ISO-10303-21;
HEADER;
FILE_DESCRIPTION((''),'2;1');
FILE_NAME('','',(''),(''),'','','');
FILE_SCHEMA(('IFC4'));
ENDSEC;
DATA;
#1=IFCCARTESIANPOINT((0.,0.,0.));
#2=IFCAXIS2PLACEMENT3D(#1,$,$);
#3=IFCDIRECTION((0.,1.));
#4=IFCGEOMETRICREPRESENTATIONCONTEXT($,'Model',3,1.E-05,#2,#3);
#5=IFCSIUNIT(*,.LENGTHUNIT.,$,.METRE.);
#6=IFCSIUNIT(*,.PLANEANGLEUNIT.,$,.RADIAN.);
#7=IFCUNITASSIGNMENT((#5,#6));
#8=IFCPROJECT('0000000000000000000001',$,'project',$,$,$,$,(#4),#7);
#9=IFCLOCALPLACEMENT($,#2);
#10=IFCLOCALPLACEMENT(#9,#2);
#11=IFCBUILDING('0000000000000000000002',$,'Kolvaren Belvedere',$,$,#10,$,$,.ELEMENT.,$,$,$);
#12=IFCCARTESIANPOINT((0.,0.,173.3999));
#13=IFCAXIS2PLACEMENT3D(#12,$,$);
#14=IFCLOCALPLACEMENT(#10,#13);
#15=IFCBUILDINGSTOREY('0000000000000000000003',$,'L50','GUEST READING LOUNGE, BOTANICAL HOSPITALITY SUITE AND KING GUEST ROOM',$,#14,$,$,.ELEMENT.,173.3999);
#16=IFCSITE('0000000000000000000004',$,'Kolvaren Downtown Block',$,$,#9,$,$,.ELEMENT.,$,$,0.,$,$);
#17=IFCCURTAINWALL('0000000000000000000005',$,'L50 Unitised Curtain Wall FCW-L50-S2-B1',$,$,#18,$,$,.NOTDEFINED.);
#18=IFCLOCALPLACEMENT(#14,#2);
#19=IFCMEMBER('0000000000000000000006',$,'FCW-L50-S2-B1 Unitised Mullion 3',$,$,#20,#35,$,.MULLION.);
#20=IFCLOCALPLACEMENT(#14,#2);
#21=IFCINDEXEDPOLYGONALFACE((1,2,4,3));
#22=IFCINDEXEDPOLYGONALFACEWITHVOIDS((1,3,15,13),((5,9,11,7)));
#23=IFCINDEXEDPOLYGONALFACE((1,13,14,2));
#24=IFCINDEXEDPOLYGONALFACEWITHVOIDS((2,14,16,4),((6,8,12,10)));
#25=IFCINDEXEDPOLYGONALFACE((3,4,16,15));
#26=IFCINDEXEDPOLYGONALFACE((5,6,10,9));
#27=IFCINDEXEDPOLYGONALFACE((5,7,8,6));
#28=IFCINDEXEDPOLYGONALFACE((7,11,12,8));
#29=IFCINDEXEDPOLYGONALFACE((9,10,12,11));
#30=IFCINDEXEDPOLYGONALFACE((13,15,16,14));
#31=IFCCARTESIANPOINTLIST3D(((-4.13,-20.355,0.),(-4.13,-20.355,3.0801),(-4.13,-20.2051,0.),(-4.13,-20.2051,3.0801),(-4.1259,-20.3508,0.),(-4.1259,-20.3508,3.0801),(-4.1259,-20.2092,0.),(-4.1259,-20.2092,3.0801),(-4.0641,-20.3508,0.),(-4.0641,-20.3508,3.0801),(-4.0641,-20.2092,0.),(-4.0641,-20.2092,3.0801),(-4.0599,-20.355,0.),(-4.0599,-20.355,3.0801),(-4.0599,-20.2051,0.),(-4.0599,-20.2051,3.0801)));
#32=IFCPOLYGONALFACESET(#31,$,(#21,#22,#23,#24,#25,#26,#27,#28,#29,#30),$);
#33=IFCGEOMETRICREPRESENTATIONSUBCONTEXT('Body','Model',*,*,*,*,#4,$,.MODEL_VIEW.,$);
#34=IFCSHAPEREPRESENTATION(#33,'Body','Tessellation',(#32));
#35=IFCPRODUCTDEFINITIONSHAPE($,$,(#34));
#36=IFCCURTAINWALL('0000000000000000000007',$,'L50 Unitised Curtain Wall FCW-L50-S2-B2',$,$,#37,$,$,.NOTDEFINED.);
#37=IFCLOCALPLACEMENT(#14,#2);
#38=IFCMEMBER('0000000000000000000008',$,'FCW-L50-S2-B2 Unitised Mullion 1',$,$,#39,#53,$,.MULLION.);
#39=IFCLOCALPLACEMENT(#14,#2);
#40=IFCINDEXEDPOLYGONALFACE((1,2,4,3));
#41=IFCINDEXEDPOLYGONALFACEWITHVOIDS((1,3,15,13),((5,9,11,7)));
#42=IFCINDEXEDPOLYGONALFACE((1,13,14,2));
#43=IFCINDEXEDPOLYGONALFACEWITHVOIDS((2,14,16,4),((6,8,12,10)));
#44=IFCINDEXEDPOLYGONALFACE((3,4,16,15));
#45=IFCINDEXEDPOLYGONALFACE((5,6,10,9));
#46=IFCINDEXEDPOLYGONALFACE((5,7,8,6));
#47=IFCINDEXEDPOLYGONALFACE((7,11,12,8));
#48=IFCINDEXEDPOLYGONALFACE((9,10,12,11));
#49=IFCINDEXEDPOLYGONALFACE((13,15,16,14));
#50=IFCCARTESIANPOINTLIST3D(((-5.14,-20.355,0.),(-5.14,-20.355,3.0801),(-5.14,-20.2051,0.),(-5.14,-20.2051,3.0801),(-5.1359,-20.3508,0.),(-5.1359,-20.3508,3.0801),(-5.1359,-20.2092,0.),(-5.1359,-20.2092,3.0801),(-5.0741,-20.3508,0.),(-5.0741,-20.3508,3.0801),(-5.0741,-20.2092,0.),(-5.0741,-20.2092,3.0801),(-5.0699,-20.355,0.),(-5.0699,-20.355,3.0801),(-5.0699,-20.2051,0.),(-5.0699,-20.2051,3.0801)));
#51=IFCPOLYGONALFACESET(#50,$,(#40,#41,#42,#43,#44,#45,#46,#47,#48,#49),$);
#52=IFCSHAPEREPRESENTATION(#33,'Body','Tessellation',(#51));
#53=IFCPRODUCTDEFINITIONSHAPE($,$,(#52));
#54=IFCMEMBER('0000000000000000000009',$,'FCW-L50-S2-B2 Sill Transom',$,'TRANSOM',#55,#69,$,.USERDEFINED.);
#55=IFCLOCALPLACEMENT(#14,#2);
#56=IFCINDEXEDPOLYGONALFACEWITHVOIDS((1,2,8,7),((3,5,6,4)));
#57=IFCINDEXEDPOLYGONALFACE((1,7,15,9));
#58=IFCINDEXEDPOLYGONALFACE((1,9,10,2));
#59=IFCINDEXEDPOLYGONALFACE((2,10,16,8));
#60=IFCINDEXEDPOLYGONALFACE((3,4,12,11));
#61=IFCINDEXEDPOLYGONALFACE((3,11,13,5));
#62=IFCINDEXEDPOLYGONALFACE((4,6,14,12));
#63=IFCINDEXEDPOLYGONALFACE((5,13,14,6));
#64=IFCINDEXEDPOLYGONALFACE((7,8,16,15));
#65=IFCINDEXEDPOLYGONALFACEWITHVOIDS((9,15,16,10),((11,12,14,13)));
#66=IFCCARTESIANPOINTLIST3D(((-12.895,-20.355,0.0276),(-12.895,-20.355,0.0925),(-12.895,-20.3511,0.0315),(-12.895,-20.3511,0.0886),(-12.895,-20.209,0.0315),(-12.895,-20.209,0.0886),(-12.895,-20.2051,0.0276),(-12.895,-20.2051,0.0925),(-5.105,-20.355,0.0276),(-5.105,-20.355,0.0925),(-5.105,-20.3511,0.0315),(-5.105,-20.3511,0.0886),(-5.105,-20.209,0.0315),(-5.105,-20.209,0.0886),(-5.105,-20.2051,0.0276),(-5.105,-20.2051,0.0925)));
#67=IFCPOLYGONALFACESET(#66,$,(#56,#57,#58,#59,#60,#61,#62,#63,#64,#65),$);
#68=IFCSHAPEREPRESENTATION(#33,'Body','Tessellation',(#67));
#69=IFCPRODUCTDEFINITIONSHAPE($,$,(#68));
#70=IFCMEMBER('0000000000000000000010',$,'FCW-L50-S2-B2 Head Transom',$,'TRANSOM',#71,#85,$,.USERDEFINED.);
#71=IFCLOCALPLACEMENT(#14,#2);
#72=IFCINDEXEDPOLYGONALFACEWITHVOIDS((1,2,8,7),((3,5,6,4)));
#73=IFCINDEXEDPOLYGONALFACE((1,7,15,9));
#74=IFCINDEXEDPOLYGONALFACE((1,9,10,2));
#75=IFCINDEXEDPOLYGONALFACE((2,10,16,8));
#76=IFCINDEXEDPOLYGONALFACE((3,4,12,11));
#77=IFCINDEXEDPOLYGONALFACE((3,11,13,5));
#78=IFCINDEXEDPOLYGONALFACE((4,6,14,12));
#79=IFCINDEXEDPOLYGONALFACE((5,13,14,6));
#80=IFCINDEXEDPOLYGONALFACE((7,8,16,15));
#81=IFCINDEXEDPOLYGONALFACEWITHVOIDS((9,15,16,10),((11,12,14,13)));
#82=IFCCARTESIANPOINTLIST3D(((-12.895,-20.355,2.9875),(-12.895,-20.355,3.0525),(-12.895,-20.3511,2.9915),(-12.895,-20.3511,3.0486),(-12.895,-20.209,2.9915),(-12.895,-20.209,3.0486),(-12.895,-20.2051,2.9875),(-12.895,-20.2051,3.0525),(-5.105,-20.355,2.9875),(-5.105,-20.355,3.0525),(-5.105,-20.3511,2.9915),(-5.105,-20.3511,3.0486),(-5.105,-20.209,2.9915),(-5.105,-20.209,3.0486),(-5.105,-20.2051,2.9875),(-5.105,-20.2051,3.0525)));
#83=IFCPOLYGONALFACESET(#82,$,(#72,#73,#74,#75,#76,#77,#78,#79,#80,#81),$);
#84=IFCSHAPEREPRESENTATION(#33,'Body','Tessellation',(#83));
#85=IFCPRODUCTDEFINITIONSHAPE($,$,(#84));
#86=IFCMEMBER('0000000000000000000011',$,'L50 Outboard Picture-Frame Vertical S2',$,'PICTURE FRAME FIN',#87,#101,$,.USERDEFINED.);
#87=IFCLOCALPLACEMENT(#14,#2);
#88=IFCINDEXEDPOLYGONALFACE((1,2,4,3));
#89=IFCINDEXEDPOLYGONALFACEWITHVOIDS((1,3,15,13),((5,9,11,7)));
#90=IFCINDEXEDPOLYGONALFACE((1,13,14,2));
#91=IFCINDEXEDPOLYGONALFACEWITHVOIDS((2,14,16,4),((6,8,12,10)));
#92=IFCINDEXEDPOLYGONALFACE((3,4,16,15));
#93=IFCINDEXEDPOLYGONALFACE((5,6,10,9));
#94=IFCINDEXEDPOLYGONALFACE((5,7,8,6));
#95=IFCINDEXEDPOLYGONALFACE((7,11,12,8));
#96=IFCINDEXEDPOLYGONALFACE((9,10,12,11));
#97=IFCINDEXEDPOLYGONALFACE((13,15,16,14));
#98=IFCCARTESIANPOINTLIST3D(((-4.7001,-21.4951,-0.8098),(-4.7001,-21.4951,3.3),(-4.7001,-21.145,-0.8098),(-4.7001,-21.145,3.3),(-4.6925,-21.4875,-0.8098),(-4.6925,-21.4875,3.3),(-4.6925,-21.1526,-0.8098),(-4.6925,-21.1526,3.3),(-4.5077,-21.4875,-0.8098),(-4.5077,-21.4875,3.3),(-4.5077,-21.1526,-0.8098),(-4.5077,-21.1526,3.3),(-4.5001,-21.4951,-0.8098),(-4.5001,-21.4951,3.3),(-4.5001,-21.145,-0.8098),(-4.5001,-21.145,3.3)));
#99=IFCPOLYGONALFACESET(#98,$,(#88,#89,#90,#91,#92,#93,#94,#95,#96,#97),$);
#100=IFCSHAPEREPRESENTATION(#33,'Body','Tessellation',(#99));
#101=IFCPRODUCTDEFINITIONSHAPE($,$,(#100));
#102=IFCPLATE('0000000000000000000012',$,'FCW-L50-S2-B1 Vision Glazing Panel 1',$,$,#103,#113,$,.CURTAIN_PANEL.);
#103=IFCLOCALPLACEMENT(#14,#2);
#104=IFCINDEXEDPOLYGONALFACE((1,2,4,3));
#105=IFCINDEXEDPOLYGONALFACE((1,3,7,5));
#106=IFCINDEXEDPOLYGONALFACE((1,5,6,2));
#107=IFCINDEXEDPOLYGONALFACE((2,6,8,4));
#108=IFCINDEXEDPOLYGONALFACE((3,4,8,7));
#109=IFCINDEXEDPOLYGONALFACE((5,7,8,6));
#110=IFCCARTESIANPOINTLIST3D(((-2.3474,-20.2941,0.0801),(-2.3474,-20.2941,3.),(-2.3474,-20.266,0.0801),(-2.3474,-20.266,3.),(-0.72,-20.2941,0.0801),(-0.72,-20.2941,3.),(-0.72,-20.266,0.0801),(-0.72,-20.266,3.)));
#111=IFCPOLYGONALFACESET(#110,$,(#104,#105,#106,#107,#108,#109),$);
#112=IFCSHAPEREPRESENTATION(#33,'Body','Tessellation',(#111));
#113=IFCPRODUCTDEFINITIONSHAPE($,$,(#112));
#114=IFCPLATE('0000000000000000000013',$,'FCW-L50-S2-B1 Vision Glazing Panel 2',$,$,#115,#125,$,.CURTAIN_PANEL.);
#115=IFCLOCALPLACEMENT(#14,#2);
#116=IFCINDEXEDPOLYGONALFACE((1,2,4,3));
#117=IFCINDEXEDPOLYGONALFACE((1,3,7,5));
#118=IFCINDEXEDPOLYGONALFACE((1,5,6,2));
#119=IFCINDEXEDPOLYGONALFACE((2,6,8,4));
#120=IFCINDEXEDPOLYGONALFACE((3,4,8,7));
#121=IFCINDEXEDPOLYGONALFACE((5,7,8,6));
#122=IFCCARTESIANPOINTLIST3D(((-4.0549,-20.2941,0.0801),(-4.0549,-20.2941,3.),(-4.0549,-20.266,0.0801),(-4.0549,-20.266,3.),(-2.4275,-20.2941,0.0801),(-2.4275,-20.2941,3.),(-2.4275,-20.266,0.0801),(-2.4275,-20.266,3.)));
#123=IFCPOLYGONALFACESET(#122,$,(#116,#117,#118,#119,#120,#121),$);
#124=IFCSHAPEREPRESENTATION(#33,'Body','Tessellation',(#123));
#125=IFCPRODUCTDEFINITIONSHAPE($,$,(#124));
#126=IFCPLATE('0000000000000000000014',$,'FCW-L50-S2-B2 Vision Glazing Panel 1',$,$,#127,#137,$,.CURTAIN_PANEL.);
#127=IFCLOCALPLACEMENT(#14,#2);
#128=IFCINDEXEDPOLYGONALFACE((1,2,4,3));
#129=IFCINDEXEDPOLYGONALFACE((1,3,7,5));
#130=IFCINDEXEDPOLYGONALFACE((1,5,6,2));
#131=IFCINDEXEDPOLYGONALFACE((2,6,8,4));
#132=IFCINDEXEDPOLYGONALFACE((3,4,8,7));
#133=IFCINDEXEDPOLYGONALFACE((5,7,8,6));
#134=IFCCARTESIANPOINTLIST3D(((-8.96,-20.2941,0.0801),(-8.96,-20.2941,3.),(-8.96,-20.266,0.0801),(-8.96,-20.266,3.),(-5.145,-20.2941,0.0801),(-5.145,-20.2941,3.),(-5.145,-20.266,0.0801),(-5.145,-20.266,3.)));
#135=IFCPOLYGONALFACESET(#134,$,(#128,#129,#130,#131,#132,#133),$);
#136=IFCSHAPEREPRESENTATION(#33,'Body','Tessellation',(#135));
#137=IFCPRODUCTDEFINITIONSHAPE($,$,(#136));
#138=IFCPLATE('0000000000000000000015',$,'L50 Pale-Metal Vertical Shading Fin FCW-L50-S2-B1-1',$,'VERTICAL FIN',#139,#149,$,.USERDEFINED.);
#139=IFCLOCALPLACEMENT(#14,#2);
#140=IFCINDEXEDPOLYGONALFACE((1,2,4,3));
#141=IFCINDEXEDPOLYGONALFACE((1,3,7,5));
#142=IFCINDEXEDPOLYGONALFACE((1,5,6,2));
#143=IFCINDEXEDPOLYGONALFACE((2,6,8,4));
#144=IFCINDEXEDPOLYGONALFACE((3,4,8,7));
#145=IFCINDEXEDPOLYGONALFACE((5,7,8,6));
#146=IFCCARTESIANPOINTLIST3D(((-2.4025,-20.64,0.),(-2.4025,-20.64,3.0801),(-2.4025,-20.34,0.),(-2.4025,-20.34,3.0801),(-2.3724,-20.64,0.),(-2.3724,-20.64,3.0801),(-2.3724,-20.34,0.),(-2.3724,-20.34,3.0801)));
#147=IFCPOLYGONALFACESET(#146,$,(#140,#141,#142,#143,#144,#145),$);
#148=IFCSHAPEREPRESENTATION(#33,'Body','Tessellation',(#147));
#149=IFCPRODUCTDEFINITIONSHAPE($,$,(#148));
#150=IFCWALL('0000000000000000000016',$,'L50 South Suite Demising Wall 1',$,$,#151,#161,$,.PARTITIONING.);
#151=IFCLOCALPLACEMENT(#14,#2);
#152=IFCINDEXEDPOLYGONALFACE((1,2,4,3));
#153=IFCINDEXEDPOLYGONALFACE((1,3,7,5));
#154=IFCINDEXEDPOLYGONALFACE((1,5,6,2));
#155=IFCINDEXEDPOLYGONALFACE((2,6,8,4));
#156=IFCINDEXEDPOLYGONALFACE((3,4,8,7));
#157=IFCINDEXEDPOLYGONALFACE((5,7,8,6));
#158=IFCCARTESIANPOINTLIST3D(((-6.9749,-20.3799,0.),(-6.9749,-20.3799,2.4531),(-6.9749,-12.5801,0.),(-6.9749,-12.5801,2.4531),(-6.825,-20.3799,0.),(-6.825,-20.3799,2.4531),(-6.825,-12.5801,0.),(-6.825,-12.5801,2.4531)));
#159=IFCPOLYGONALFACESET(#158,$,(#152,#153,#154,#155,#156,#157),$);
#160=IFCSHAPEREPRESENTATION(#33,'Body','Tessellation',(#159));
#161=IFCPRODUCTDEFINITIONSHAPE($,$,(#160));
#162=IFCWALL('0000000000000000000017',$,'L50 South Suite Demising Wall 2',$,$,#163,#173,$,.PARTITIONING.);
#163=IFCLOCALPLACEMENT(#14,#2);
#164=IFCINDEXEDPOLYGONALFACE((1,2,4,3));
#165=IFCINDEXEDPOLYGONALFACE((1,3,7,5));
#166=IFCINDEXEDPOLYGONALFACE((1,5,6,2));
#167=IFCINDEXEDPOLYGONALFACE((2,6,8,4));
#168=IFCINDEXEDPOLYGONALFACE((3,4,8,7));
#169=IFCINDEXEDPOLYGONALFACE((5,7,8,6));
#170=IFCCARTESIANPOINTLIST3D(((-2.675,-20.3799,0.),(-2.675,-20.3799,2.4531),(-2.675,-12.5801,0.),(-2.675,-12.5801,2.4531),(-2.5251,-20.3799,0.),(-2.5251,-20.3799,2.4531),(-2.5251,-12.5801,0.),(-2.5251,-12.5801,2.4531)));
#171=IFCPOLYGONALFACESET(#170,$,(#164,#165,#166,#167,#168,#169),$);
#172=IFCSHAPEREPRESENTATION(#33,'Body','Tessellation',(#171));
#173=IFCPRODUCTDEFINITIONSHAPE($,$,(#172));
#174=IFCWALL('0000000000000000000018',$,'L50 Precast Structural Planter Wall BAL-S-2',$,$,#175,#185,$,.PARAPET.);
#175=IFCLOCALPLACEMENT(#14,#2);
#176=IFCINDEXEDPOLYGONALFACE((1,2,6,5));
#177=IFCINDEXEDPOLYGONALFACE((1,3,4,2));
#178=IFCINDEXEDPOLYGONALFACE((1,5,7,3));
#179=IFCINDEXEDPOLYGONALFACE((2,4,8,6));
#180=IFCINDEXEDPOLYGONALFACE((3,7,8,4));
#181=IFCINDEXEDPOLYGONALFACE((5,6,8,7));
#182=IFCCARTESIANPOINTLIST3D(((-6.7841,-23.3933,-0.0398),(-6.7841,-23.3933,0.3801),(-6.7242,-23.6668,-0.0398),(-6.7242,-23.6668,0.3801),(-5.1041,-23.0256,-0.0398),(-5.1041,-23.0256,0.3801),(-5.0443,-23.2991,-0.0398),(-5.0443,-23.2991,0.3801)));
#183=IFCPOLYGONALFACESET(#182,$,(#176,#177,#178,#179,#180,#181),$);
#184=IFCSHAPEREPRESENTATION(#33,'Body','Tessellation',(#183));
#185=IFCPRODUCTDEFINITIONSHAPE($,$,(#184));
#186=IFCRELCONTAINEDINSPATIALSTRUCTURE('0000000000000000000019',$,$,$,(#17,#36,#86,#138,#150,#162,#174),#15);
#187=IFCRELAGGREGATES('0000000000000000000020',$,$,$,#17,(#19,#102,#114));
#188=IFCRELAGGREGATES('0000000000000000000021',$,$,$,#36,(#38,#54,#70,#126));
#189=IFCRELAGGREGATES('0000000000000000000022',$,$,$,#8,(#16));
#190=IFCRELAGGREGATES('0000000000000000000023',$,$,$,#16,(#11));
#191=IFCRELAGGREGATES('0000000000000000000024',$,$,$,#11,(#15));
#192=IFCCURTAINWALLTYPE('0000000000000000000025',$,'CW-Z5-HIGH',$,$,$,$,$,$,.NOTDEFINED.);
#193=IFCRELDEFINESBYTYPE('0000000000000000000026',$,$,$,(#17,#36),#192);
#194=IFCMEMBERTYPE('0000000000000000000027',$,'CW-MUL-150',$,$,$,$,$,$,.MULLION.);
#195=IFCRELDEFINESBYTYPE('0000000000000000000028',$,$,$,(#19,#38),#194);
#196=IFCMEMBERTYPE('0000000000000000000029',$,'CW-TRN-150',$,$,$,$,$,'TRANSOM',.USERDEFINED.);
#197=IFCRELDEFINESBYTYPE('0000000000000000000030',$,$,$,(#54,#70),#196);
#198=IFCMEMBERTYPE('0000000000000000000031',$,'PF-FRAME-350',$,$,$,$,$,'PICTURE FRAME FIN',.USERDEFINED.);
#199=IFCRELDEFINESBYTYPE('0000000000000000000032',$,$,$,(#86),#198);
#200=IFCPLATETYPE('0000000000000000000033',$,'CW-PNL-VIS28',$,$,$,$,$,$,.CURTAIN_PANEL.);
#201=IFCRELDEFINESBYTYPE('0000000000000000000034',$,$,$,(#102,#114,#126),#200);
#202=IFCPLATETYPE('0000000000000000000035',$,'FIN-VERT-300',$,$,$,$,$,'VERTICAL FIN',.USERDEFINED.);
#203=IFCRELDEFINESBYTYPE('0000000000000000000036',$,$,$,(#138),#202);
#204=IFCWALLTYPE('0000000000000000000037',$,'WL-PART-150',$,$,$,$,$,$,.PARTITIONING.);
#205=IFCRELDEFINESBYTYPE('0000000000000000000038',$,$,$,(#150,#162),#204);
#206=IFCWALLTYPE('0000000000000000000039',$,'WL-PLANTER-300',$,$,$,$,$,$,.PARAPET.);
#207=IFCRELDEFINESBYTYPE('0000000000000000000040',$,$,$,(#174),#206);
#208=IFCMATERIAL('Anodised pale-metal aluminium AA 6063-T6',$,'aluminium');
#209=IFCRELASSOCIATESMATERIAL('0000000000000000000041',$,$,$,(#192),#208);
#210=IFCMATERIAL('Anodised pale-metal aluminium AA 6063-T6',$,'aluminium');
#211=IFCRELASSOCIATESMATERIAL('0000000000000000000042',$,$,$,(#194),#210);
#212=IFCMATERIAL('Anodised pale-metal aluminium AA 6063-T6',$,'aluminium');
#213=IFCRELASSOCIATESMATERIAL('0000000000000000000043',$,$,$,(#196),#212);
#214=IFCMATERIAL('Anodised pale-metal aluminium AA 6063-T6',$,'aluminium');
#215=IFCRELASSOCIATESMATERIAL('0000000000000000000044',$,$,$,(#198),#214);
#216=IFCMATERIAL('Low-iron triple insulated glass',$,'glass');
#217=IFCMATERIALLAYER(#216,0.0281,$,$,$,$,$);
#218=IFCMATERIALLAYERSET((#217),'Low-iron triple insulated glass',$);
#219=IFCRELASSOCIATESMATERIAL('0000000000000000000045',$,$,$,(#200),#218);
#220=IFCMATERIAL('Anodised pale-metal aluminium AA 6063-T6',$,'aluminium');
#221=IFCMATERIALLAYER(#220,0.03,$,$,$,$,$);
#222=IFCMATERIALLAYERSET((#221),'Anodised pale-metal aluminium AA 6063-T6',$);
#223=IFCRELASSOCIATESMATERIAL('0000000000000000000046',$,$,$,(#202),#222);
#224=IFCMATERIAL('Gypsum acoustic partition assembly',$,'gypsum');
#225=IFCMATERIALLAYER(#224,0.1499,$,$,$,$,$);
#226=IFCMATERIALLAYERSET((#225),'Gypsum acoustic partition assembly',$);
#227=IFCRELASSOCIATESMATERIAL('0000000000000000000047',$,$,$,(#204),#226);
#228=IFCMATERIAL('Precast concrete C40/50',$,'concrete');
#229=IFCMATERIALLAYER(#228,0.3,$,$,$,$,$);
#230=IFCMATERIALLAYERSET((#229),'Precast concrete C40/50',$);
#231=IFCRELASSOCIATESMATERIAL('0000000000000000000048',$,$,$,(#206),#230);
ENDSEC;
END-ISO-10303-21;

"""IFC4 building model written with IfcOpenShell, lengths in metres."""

from ifc_helpers import new_model, si_unit, direction, frame, frame_2d, origin, origin_2d, place, context, subcontext, project, spatial, rectangle, hollow_rectangle, extrude, material, layer, layer_set, material_profile, profile_set, type_object, element, aggregate, save


model = new_model("IFC4")

# Units and contexts
model_context = context("Model", 3, precision=1e-05, world=origin(), true_north=direction((0.0, 1.0)))
body_context = subcontext(model_context, "Body", "Model", "MODEL_VIEW")
ifc_project = project(units=[si_unit("LENGTHUNIT", "METRE"), si_unit("PLANEANGLEUNIT", "RADIAN")], contexts=[model_context])

# Site, building, storey
site_placement = place(None, origin())
site = spatial("IfcSite", under=ifc_project, at=site_placement, Name="Kolvaren Downtown Block", CompositionType="ELEMENT", RefElevation=0.0)
building_placement = place(site_placement, origin())
building = spatial("IfcBuilding", under=site, at=building_placement, Name="Kolvaren Belvedere", CompositionType="ELEMENT")
storey_placement = place(building_placement, frame((0.0, 0.0, 173.3999)))
storey = spatial("IfcBuildingStorey", under=building, at=storey_placement, Name="L50", Description="GUEST READING LOUNGE, BOTANICAL HOSPITALITY SUITE AND KING GUEST ROOM", CompositionType="ELEMENT", Elevation=173.3999)

# Curtain walls, members
ifc_material_1 = material(Name="Anodised pale-metal aluminium AA 6063-T6", Category="aluminium")
curtain_wall_type = type_object("IfcCurtainWallType", Name="CW-Z5-HIGH", PredefinedType="NOTDEFINED", material=ifc_material_1)
curtain_wall_1_placement = place(storey_placement, origin())
curtain_wall_1 = element("IfcCurtainWall", 1, at=curtain_wall_1_placement, inside=storey, type_object=curtain_wall_type, Name="L50 Unitised Curtain Wall FCW-L50-S2-B1", PredefinedType="NOTDEFINED")
ifc_material_2 = material(Name="Anodised pale-metal aluminium AA 6063-T6", Category="aluminium")
ifc_material_profile_1 = material_profile(ifc_material_2, hollow_rectangle(XDim=0.0701, YDim=0.1499, WallThickness=0.0042, at=origin_2d()), Name="ALU-MUL-150X70")
ifc_profile_set_1 = profile_set([ifc_material_profile_1], Name="Anodised pale-metal aluminium AA 6063-T6")
member_type_1 = type_object("IfcMemberType", Name="CW-MUL-150", PredefinedType="MULLION", material=ifc_profile_set_1)
member_1_placement = place(storey_placement, frame((-4.095, -20.28, 0.0), z_axis=(0.0, 0.0, 1.0), x_axis=(1.0, 0.0, 0.0)))
member_1 = element("IfcMember", 2, at=member_1_placement, type_object=member_type_1, Name="FCW-L50-S2-B1 Unitised Mullion 3", PredefinedType="MULLION", context=body_context, shape_type="SweptSolid", body=[
    extrude(hollow_rectangle(XDim=0.0701, YDim=0.1499, WallThickness=0.0042, at=origin_2d()), origin(), (0.0, 0.0, 1.0), 3.0801),
])
curtain_wall_2_placement = place(storey_placement, origin())
curtain_wall_2 = element("IfcCurtainWall", 3, at=curtain_wall_2_placement, inside=storey, type_object=curtain_wall_type, Name="L50 Unitised Curtain Wall FCW-L50-S2-B2", PredefinedType="NOTDEFINED")
member_2_placement = place(storey_placement, frame((-5.105, -20.28, 0.0), z_axis=(0.0, 0.0, 1.0), x_axis=(1.0, 0.0, 0.0)))
member_2 = element("IfcMember", 4, at=member_2_placement, type_object=member_type_1, Name="FCW-L50-S2-B2 Unitised Mullion 1", PredefinedType="MULLION", context=body_context, shape_type="SweptSolid", body=[
    extrude(hollow_rectangle(XDim=0.0701, YDim=0.1499, WallThickness=0.0042, at=origin_2d()), origin(), (0.0, 0.0, 1.0), 3.0801),
])
ifc_material_3 = material(Name="Anodised pale-metal aluminium AA 6063-T6", Category="aluminium")
ifc_material_profile_2 = material_profile(ifc_material_3, hollow_rectangle(XDim=0.0649, YDim=0.1499, WallThickness=0.0039, at=origin_2d()), Name="ALU-TRN-150X65")
ifc_profile_set_2 = profile_set([ifc_material_profile_2], Name="Anodised pale-metal aluminium AA 6063-T6")
member_type_2 = type_object("IfcMemberType", Name="CW-TRN-150", ElementType="TRANSOM", PredefinedType="USERDEFINED", material=ifc_profile_set_2)
member_3_placement = place(storey_placement, frame((-5.105, -20.28, 0.0601), z_axis=(-1.0, 0.0, 0.0), x_axis=(0.0, 0.0, 1.0)))
member_3 = element("IfcMember", 5, at=member_3_placement, type_object=member_type_2, Name="FCW-L50-S2-B2 Sill Transom", ObjectType="TRANSOM", PredefinedType="USERDEFINED", context=body_context, shape_type="SweptSolid", body=[
    extrude(hollow_rectangle(XDim=0.0649, YDim=0.1499, WallThickness=0.0039, at=origin_2d()), origin(), (0.0, 0.0, 1.0), 7.79),
])
member_4_placement = place(storey_placement, frame((-5.105, -20.28, 3.02), z_axis=(-1.0, 0.0, 0.0), x_axis=(0.0, 0.0, 1.0)))
member_4 = element("IfcMember", 6, at=member_4_placement, type_object=member_type_2, Name="FCW-L50-S2-B2 Head Transom", ObjectType="TRANSOM", PredefinedType="USERDEFINED", context=body_context, shape_type="SweptSolid", body=[
    extrude(hollow_rectangle(XDim=0.0649, YDim=0.1499, WallThickness=0.0039, at=origin_2d()), origin(), (0.0, 0.0, 1.0), 7.79),
])

# Member
ifc_material_4 = material(Name="Anodised pale-metal aluminium AA 6063-T6", Category="aluminium")
ifc_material_profile_3 = material_profile(ifc_material_4, hollow_rectangle(XDim=0.2, YDim=0.3501, WallThickness=0.0076, at=origin_2d()), Name="ALU-PF-350X200")
ifc_profile_set_3 = profile_set([ifc_material_profile_3], Name="Anodised pale-metal aluminium AA 6063-T6")
member_type_3 = type_object("IfcMemberType", Name="PF-FRAME-350", ElementType="PICTURE FRAME FIN", PredefinedType="USERDEFINED", material=ifc_profile_set_3)
member_5_placement = place(storey_placement, frame((-4.6001, -21.3201, -0.8098), z_axis=(0.0, 0.0, 1.0), x_axis=(1.0, 0.0, 0.0)))
element("IfcMember", 7, at=member_5_placement, inside=storey, type_object=member_type_3, Name="L50 Outboard Picture-Frame Vertical S2", ObjectType="PICTURE FRAME FIN", PredefinedType="USERDEFINED", context=body_context, shape_type="SweptSolid", body=[
    extrude(hollow_rectangle(XDim=0.2, YDim=0.3501, WallThickness=0.0076, at=origin_2d()), origin(), (0.0, 0.0, 1.0), 4.1099),
])

# Plates
ifc_material_5 = material(Name="Low-iron triple insulated glass", Category="glass")
ifc_layer_1 = layer(ifc_material_5, 0.0281)
ifc_layer_set_1 = layer_set([ifc_layer_1], Name="Low-iron triple insulated glass")
plate_type_1 = type_object("IfcPlateType", Name="CW-PNL-VIS28", PredefinedType="CURTAIN_PANEL", material=ifc_layer_set_1)
plate_1_placement = place(storey_placement, frame((-1.5337, -20.28, 0.0801), z_axis=(0.0, 0.0, 1.0), x_axis=(-1.0, 0.0, 0.0)))
plate_1 = element("IfcPlate", 8, at=plate_1_placement, type_object=plate_type_1, Name="FCW-L50-S2-B1 Vision Glazing Panel 1", PredefinedType="CURTAIN_PANEL", context=body_context, shape_type="SweptSolid", body=[
    extrude(rectangle(XDim=1.6274, YDim=0.0281, at=origin_2d()), origin(), (0.0, 0.0, 1.0), 2.9199),
])
plate_2_placement = place(storey_placement, frame((-3.2412, -20.28, 0.0801), z_axis=(0.0, 0.0, 1.0), x_axis=(-1.0, 0.0, 0.0)))
plate_2 = element("IfcPlate", 9, at=plate_2_placement, type_object=plate_type_1, Name="FCW-L50-S2-B1 Vision Glazing Panel 2", PredefinedType="CURTAIN_PANEL", context=body_context, shape_type="SweptSolid", body=[
    extrude(rectangle(XDim=1.6274, YDim=0.0281, at=origin_2d()), origin(), (0.0, 0.0, 1.0), 2.9199),
])
aggregate(curtain_wall_1, [member_1, plate_1, plate_2])
plate_3_placement = place(storey_placement, frame((-7.0525, -20.28, 0.0801), z_axis=(0.0, 0.0, 1.0), x_axis=(-1.0, 0.0, 0.0)))
plate_3 = element("IfcPlate", 10, at=plate_3_placement, type_object=plate_type_1, Name="FCW-L50-S2-B2 Vision Glazing Panel 1", PredefinedType="CURTAIN_PANEL", context=body_context, shape_type="SweptSolid", body=[
    extrude(rectangle(XDim=3.8149, YDim=0.0281, at=origin_2d()), origin(), (0.0, 0.0, 1.0), 2.9199),
])
aggregate(curtain_wall_2, [member_2, member_3, member_4, plate_3])
ifc_material_6 = material(Name="Anodised pale-metal aluminium AA 6063-T6", Category="aluminium")
ifc_layer_2 = layer(ifc_material_6, 0.03)
ifc_layer_set_2 = layer_set([ifc_layer_2], Name="Anodised pale-metal aluminium AA 6063-T6")
plate_type_2 = type_object("IfcPlateType", Name="FIN-VERT-300", ElementType="VERTICAL FIN", PredefinedType="USERDEFINED", material=ifc_layer_set_2)
plate_4_placement = place(storey_placement, frame((-2.3875, -20.49, 0.0), z_axis=(0.0, 0.0, 1.0), x_axis=(0.0, 1.0, 0.0)))
element("IfcPlate", 11, at=plate_4_placement, inside=storey, type_object=plate_type_2, Name="L50 Pale-Metal Vertical Shading Fin FCW-L50-S2-B1-1", ObjectType="VERTICAL FIN", PredefinedType="USERDEFINED", context=body_context, shape_type="SweptSolid", body=[
    extrude(rectangle(XDim=0.3, YDim=0.03, at=origin_2d()), origin(), (0.0, 0.0, 1.0), 3.0801),
])

# Walls
ifc_material_7 = material(Name="Gypsum acoustic partition assembly", Category="gypsum")
ifc_layer_3 = layer(ifc_material_7, 0.1499)
ifc_layer_set_3 = layer_set([ifc_layer_3], Name="Gypsum acoustic partition assembly")
wall_type_1 = type_object("IfcWallType", Name="WL-PART-150", PredefinedType="PARTITIONING", material=ifc_layer_set_3)
for number, where, z_axis, x_axis, name in (
    (12, (-6.8999, -20.3799, 0.0), (0.0, 0.0, 1.0), (0.0, 1.0, 0.0), "L50 South Suite Demising Wall 1"),
    (13, (-2.6001, -20.3799, 0.0), (0.0, 0.0, 1.0), (0.0, 1.0, 0.0), "L50 South Suite Demising Wall 2"),
):
    element("IfcWall", number, at=place(storey_placement, frame(where, z_axis=z_axis, x_axis=x_axis)), inside=storey, type_object=wall_type_1, Name=name, PredefinedType="PARTITIONING", context=body_context, shape_type="SweptSolid", body=[
        extrude(rectangle(XDim=7.7998, YDim=0.1499, at=frame_2d((3.8999, 0.0))), origin(), (0.0, 0.0, 1.0), 2.4531),
    ])
ifc_material_8 = material(Name="Precast concrete C40/50", Category="concrete")
ifc_layer_4 = layer(ifc_material_8, 0.3)
ifc_layer_set_4 = layer_set([ifc_layer_4], Name="Precast concrete C40/50")
wall_type_2 = type_object("IfcWallType", Name="WL-PLANTER-300", PredefinedType="PARAPET", material=ifc_layer_set_4)
wall_1_placement = place(storey_placement, frame((-6.7542, -23.53, -0.0398), z_axis=(0.0, 0.0, 1.0), x_axis=(0.976877, 0.213803, 0.0)))
element("IfcWall", 14, at=wall_1_placement, inside=storey, type_object=wall_type_2, Name="L50 Precast Structural Planter Wall BAL-S-2", PredefinedType="PARAPET", context=body_context, shape_type="SweptSolid", body=[
    extrude(rectangle(XDim=1.7197, YDim=0.28, at=frame_2d((0.8599, 0.0))), origin(), (0.0, 0.0, 1.0), 0.4199),
])

save(model, "model.ifc")
